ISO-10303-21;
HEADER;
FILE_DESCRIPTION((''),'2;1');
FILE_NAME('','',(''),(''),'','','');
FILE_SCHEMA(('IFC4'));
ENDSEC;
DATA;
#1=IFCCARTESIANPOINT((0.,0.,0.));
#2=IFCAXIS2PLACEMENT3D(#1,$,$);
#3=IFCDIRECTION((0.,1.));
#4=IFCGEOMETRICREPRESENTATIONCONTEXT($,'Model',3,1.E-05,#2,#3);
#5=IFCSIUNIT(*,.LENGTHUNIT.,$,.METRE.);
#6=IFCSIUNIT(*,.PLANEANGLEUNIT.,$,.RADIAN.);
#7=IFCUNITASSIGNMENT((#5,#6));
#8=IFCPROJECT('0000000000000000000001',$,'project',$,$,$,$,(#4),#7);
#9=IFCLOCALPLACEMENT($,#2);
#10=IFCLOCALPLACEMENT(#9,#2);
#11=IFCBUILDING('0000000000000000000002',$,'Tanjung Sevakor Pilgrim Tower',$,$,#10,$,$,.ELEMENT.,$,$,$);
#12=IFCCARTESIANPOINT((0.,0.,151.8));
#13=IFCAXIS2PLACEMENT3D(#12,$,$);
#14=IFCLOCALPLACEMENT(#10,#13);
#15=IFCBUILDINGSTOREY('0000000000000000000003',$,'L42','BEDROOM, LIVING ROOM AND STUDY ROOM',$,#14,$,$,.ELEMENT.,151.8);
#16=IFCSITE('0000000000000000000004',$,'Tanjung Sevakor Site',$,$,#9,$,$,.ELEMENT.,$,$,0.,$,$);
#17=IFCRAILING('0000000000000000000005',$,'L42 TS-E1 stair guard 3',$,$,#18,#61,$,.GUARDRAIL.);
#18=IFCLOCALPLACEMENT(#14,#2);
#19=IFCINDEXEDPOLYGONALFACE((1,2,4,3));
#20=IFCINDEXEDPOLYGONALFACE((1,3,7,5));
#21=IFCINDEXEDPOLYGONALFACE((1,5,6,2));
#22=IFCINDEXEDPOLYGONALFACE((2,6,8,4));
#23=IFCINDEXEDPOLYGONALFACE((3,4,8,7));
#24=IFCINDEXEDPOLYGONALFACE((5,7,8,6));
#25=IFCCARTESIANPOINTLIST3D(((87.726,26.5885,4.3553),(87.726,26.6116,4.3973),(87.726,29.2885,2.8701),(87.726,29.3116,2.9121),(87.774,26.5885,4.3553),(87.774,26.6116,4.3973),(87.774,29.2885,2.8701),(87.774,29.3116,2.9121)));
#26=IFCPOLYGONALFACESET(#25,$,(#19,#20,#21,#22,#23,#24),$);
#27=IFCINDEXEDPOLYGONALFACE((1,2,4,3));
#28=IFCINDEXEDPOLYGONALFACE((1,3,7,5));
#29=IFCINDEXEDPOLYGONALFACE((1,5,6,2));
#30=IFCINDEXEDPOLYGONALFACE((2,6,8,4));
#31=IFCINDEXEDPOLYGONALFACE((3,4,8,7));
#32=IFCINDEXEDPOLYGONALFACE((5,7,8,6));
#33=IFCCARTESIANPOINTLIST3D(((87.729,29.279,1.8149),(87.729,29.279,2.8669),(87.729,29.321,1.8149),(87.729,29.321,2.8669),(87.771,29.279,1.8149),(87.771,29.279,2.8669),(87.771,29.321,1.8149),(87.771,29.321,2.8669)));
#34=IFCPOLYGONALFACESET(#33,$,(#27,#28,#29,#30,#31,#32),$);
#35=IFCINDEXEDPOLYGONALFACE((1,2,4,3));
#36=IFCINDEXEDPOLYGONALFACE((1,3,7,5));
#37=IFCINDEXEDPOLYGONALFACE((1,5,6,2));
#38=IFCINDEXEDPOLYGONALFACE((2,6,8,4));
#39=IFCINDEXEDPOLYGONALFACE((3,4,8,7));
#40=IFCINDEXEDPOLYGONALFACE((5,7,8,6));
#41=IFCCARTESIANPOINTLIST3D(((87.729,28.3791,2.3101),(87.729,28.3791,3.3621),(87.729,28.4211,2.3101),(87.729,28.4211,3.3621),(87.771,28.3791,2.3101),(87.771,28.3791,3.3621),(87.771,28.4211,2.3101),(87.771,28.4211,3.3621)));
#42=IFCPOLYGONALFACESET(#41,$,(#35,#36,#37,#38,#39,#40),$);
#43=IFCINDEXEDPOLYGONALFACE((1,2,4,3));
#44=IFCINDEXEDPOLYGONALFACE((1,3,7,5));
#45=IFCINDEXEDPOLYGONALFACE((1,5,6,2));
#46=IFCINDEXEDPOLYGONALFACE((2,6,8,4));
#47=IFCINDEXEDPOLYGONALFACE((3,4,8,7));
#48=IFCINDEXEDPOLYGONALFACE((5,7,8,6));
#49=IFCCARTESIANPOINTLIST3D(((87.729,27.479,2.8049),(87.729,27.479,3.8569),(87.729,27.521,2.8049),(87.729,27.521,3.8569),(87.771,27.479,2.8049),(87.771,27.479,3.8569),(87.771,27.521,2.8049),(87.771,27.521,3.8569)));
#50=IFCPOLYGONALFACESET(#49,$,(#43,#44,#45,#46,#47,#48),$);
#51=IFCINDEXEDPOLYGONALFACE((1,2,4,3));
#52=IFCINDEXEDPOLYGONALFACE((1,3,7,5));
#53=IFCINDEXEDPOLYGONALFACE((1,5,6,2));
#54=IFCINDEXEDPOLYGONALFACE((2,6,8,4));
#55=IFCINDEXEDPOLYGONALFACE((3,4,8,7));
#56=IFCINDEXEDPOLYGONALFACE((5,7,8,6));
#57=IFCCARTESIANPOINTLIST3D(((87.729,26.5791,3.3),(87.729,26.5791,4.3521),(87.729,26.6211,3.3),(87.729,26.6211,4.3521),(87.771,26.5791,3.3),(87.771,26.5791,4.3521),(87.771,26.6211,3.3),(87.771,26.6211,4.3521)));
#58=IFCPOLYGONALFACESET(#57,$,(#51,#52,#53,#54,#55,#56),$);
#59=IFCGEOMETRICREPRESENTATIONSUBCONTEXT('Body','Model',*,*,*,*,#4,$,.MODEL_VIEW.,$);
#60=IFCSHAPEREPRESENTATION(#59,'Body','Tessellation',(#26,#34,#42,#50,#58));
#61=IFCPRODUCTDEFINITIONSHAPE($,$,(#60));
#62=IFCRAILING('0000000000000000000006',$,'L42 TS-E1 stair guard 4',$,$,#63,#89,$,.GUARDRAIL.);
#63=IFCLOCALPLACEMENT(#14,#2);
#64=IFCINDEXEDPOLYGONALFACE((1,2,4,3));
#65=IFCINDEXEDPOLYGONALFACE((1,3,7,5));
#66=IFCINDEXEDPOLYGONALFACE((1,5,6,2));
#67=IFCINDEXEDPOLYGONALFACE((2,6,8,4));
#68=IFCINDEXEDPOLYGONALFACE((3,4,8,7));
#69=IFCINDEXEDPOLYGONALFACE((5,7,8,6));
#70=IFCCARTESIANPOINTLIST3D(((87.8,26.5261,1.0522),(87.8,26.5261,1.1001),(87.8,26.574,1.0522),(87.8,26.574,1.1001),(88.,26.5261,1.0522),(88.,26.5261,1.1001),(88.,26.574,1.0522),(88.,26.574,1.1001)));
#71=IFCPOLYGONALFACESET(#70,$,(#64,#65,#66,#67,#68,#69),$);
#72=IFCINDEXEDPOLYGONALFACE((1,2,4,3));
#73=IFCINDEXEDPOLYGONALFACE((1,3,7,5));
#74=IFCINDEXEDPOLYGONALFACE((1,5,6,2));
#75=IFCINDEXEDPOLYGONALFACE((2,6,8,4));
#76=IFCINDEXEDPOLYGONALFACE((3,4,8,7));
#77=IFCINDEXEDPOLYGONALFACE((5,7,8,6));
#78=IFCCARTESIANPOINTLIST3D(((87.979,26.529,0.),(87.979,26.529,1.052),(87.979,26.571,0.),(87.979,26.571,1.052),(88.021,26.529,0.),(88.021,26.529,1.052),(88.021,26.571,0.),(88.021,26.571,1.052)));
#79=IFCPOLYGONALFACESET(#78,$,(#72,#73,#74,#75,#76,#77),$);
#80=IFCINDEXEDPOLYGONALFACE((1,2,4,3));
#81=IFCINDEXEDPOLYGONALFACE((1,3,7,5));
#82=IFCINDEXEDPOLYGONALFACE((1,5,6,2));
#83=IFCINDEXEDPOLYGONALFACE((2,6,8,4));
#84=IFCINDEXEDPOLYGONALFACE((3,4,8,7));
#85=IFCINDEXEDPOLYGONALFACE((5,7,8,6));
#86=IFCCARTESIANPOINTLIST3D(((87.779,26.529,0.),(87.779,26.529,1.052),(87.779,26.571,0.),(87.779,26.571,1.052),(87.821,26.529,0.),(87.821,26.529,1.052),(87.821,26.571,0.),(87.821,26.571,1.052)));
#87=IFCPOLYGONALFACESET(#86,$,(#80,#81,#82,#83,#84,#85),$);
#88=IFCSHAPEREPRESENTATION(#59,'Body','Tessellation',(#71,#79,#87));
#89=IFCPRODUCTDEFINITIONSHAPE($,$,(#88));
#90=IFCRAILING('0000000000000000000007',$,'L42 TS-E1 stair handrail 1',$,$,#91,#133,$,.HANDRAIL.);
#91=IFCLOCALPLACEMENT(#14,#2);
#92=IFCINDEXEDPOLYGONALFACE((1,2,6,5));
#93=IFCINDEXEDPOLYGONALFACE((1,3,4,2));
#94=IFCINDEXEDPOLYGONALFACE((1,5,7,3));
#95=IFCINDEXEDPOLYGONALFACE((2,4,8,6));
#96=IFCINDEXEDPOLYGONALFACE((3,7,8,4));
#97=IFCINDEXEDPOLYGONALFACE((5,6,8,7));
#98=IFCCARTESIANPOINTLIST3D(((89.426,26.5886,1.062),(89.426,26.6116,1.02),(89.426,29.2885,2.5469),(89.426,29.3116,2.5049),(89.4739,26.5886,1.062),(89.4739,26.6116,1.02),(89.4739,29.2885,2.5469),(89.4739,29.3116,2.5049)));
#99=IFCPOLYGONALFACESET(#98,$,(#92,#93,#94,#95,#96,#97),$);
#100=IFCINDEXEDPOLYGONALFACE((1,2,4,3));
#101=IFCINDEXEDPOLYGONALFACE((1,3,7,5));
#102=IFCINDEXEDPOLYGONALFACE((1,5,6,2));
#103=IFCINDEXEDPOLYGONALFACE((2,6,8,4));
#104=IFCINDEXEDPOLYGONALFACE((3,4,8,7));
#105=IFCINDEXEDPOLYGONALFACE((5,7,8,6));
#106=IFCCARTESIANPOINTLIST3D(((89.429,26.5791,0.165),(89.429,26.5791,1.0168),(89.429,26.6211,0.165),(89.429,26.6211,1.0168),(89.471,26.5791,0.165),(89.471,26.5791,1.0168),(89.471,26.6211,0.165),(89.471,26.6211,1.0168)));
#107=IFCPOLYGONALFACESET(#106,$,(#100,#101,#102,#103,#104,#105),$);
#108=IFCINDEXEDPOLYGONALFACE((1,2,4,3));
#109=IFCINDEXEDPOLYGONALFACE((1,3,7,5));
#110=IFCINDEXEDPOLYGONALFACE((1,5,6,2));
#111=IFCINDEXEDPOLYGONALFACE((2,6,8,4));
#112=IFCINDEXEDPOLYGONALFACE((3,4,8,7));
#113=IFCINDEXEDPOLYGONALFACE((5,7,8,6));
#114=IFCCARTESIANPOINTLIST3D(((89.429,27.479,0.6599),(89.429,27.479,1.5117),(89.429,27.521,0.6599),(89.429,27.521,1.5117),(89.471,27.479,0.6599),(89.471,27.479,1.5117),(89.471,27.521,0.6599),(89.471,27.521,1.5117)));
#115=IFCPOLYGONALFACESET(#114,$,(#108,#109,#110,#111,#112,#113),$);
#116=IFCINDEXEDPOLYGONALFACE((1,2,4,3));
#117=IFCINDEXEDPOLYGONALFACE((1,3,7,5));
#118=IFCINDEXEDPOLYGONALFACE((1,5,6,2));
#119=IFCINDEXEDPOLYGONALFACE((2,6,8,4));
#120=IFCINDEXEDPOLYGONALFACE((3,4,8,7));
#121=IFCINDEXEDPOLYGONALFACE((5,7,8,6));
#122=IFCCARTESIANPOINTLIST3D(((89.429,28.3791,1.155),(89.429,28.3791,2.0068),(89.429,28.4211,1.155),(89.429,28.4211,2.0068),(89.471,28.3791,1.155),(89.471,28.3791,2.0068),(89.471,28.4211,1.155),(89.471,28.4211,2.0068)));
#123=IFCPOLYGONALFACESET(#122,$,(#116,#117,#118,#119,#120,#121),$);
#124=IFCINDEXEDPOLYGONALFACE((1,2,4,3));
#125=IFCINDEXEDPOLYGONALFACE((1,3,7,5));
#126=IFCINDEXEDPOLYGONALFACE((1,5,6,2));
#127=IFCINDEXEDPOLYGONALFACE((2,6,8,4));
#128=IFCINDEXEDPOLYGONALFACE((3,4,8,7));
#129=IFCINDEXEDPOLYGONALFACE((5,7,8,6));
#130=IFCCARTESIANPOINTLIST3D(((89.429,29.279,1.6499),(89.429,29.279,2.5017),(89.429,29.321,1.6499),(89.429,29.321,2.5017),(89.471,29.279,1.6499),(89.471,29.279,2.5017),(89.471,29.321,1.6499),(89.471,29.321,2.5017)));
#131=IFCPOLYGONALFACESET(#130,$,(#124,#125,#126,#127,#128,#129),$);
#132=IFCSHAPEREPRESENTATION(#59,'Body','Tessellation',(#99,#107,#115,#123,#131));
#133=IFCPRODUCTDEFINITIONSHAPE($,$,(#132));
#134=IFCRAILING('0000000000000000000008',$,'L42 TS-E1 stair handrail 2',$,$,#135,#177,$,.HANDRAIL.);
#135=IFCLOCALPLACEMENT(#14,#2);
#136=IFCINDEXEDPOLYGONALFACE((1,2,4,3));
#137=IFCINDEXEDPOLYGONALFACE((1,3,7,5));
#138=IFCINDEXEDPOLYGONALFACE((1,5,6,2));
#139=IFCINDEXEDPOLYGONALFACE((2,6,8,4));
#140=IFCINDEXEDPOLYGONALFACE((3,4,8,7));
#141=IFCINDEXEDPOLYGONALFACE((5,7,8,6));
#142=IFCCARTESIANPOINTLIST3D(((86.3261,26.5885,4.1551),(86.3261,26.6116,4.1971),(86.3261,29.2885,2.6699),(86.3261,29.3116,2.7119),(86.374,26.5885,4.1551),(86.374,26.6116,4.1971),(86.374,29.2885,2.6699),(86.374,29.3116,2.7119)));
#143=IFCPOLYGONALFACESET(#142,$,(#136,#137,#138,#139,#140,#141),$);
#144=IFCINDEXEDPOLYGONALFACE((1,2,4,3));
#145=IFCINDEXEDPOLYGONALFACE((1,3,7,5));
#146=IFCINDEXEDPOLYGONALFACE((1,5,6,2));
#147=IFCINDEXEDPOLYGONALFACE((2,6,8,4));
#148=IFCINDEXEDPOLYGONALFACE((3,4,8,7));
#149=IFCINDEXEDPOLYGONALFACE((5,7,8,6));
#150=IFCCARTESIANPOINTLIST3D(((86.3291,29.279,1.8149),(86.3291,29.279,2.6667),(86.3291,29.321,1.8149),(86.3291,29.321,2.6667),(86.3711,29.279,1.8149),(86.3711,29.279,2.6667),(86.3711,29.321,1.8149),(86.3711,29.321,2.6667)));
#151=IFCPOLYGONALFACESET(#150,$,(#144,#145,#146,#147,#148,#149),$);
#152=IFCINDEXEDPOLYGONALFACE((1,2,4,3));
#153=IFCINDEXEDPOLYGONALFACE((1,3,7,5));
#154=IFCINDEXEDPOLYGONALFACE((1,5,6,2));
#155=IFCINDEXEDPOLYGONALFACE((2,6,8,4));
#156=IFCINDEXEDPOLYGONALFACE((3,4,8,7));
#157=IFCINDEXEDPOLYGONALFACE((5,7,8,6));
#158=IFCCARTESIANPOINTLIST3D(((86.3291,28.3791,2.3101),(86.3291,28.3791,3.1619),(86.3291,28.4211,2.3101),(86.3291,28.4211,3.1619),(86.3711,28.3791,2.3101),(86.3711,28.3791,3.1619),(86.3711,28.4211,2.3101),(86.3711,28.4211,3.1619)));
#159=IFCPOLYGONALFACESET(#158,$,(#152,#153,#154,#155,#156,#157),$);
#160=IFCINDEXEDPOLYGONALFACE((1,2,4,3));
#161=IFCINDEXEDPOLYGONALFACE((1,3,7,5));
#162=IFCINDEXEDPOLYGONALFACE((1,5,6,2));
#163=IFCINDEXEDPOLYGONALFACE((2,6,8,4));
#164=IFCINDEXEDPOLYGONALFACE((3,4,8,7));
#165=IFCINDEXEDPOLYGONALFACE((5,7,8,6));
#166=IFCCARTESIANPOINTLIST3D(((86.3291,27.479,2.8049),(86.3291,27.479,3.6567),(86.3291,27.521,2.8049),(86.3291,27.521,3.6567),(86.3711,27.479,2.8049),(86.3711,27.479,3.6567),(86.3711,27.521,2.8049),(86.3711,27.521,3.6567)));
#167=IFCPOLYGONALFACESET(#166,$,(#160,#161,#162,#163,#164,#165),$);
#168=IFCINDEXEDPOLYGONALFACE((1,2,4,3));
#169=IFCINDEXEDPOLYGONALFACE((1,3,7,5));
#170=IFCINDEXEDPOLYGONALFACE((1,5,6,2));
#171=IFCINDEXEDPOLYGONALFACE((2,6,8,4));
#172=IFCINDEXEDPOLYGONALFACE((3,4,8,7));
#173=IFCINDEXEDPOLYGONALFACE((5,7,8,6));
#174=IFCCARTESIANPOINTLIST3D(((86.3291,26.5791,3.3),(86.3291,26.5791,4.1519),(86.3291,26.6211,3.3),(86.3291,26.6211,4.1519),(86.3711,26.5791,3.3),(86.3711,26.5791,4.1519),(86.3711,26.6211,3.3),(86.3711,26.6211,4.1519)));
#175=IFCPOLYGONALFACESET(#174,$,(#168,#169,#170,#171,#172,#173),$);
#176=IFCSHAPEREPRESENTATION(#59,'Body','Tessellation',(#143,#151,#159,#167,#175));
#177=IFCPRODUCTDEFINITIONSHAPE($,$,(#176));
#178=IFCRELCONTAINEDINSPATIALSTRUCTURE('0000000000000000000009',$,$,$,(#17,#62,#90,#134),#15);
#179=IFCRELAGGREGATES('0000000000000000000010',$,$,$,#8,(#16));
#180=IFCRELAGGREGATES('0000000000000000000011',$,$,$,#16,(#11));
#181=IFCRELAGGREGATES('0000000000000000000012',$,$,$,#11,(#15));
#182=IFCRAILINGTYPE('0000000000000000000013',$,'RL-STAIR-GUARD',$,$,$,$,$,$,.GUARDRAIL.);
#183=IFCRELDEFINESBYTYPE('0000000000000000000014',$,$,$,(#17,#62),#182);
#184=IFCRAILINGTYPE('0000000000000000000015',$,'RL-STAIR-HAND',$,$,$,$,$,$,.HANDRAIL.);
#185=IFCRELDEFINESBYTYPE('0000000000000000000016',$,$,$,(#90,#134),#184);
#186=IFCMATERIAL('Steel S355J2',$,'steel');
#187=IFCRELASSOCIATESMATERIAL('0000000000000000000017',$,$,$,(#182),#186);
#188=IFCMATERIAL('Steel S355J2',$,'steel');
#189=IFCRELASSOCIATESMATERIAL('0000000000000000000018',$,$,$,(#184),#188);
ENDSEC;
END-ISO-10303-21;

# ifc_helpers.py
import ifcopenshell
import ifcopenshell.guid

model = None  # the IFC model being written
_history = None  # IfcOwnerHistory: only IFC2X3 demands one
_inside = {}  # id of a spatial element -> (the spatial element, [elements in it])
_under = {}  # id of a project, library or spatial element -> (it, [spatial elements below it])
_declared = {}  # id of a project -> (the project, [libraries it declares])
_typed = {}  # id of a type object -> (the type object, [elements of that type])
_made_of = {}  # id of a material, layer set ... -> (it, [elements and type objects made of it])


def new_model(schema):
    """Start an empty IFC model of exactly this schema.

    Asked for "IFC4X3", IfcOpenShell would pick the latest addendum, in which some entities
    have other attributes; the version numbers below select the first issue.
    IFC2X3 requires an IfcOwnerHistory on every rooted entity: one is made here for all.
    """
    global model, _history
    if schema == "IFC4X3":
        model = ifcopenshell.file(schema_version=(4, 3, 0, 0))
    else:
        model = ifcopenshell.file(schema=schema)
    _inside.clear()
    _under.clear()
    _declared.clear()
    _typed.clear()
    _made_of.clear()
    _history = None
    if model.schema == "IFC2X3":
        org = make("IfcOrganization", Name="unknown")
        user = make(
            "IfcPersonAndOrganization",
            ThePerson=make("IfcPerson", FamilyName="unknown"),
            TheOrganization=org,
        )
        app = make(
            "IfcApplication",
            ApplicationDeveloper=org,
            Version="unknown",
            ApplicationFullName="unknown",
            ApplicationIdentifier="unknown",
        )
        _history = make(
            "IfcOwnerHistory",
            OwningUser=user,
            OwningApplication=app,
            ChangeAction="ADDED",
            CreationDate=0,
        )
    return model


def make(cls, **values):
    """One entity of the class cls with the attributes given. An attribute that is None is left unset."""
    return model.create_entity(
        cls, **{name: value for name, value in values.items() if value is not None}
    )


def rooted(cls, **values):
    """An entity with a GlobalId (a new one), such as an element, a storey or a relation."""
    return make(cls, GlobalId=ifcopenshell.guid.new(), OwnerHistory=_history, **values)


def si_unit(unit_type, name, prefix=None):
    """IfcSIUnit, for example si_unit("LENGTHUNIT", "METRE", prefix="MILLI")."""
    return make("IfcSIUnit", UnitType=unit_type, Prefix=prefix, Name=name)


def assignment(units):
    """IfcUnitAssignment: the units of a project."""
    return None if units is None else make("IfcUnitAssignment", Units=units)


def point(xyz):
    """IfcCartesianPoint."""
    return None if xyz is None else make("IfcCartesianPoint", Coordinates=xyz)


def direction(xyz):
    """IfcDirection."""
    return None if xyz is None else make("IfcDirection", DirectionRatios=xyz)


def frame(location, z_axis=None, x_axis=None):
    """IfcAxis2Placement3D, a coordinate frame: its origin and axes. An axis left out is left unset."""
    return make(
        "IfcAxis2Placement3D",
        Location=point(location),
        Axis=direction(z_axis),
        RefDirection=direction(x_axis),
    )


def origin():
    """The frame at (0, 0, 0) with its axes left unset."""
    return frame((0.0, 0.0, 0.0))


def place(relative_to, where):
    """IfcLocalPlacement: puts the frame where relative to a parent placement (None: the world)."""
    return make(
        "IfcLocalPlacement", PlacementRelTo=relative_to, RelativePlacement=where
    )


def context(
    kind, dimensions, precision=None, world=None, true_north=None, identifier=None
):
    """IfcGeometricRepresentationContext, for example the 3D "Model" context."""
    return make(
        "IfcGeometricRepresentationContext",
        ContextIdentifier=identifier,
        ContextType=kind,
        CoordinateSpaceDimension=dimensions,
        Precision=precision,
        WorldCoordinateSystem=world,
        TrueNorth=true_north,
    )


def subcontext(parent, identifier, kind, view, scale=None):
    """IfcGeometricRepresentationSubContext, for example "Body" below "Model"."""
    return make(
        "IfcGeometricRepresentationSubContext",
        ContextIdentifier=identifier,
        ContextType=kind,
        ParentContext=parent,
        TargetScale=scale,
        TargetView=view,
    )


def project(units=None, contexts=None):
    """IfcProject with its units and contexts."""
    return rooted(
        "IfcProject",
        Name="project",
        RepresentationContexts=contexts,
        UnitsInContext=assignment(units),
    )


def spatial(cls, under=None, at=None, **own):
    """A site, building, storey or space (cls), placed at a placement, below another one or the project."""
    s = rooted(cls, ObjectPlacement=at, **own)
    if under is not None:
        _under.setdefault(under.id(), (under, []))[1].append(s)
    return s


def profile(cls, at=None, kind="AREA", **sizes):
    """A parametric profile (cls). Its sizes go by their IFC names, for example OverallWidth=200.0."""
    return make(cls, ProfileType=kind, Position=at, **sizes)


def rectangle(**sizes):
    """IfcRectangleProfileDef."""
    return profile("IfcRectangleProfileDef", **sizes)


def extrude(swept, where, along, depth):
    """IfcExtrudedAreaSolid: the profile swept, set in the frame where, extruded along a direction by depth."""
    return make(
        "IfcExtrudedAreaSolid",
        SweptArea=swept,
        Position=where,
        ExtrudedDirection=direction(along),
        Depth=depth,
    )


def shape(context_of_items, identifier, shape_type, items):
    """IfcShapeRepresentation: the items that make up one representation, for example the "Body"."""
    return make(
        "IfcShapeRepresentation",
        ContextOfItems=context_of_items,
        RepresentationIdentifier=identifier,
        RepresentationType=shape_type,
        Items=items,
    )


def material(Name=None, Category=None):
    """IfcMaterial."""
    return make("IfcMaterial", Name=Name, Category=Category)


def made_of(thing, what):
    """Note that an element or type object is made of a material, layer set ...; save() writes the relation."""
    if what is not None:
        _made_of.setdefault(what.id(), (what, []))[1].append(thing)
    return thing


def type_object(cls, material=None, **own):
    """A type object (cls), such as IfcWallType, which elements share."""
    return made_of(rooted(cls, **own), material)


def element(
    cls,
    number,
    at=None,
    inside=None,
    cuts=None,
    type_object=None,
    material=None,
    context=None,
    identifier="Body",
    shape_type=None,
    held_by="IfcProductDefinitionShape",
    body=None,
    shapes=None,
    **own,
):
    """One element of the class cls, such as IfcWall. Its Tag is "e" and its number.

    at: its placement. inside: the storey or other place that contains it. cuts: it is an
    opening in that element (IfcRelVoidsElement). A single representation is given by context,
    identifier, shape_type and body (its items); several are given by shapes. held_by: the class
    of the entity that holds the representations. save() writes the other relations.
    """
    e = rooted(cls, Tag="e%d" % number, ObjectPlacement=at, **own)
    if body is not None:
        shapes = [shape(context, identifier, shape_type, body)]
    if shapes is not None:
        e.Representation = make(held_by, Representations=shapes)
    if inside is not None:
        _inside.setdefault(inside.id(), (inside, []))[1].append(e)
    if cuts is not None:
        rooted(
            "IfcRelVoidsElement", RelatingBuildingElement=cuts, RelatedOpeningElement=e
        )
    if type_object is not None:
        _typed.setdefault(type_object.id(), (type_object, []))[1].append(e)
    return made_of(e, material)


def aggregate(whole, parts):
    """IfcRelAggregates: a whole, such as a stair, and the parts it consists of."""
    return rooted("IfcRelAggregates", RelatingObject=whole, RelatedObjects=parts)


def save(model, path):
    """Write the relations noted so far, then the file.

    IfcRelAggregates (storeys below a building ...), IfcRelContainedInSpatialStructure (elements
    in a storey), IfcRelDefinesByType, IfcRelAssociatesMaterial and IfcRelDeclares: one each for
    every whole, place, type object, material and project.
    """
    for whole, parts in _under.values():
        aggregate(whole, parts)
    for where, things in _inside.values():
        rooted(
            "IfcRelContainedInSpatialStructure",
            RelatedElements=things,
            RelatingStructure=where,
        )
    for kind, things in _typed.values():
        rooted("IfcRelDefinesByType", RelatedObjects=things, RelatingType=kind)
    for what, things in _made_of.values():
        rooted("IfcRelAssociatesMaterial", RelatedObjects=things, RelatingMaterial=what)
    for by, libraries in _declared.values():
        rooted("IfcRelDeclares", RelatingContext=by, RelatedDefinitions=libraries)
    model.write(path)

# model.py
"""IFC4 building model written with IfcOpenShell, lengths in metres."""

from ifc_helpers import new_model, si_unit, direction, frame, origin, place, context, subcontext, project, spatial, rectangle, extrude, material, type_object, element, save


model = new_model("IFC4")

# Units and contexts
model_context = context("Model", 3, precision=1e-05, world=origin(), true_north=direction((0.0, 1.0)))
body_context = subcontext(model_context, "Body", "Model", "MODEL_VIEW")
ifc_project = project(units=[si_unit("LENGTHUNIT", "METRE"), si_unit("PLANEANGLEUNIT", "RADIAN")], contexts=[model_context])

# Site, building, storey
site_placement = place(None, origin())
site = spatial("IfcSite", under=ifc_project, at=site_placement, Name="Tanjung Sevakor Site", CompositionType="ELEMENT", RefElevation=0.0)
building_placement = place(site_placement, origin())
building = spatial("IfcBuilding", under=site, at=building_placement, Name="Tanjung Sevakor Pilgrim Tower", CompositionType="ELEMENT")
storey_placement = place(building_placement, frame((0.0, 0.0, 151.8)))
storey = spatial("IfcBuildingStorey", under=building, at=storey_placement, Name="L42", Description="BEDROOM, LIVING ROOM AND STUDY ROOM", CompositionType="ELEMENT", Elevation=151.8)

# Railings
ifc_material_1 = material(Name="Steel S355J2", Category="steel")
railing_type_1 = type_object("IfcRailingType", Name="RL-STAIR-GUARD", PredefinedType="GUARDRAIL", material=ifc_material_1)
railing_1_placement = place(storey_placement, frame((87.75, 29.3, 1.8149)))
element("IfcRailing", 1, at=railing_1_placement, inside=storey, type_object=railing_type_1, Name="L42 TS-E1 stair guard 3", PredefinedType="GUARDRAIL", context=body_context, shape_type="SweptSolid", body=[
    extrude(rectangle(XDim=0.0479, YDim=0.0479), frame((0.0, 0.0, 1.0762), z_axis=(0.0, -0.876198, 0.481952), x_axis=(1.0, 0.0, 0.0)), (0.0, 0.0, 1.0), 3.0815),
    extrude(rectangle(XDim=0.042, YDim=0.042), origin(), (0.0, 0.0, 1.0), 1.052),
    extrude(rectangle(XDim=0.042, YDim=0.042), frame((0.0, -0.8999, 0.4951)), (0.0, 0.0, 1.0), 1.052),
    extrude(rectangle(XDim=0.042, YDim=0.042), frame((0.0, -1.8, 0.99)), (0.0, 0.0, 1.0), 1.052),
    extrude(rectangle(XDim=0.042, YDim=0.042), frame((0.0, -2.7, 1.4851)), (0.0, 0.0, 1.0), 1.052),
])
railing_2_placement = place(storey_placement, frame((88.0, 26.55, 0.0)))
element("IfcRailing", 2, at=railing_2_placement, inside=storey, type_object=railing_type_1, Name="L42 TS-E1 stair guard 4", PredefinedType="GUARDRAIL", context=body_context, shape_type="SweptSolid", body=[
    extrude(rectangle(XDim=0.0479, YDim=0.0479), frame((0.0, 0.0, 1.0762), z_axis=(-1.0, 0.0, 0.0), x_axis=(0.0, -1.0, 0.0)), (0.0, 0.0, 1.0), 0.2),
    extrude(rectangle(XDim=0.042, YDim=0.042), origin(), (0.0, 0.0, 1.0), 1.052),
    extrude(rectangle(XDim=0.042, YDim=0.042), frame((-0.2, 0.0, 0.0)), (0.0, 0.0, 1.0), 1.052),
])
ifc_material_2 = material(Name="Steel S355J2", Category="steel")
railing_type_2 = type_object("IfcRailingType", Name="RL-STAIR-HAND", PredefinedType="HANDRAIL", material=ifc_material_2)
railing_3_placement = place(storey_placement, frame((89.45, 26.6001, 0.165)))
element("IfcRailing", 3, at=railing_3_placement, inside=storey, type_object=railing_type_2, Name="L42 TS-E1 stair handrail 1", PredefinedType="HANDRAIL", context=body_context, shape_type="SweptSolid", body=[
    extrude(rectangle(XDim=0.0479, YDim=0.0479), frame((0.0, 0.0, 0.876), z_axis=(0.0, 0.876231, 0.481891), x_axis=(-1.0, 0.0, 0.0)), (0.0, 0.0, 1.0), 3.0813),
    extrude(rectangle(XDim=0.042, YDim=0.042), origin(), (0.0, 0.0, 1.0), 0.8518),
    extrude(rectangle(XDim=0.042, YDim=0.042), frame((0.0, 0.8999, 0.4949)), (0.0, 0.0, 1.0), 0.8518),
    extrude(rectangle(XDim=0.042, YDim=0.042), frame((0.0, 1.8, 0.99)), (0.0, 0.0, 1.0), 0.8518),
    extrude(rectangle(XDim=0.042, YDim=0.042), frame((0.0, 2.7, 1.4849)), (0.0, 0.0, 1.0), 0.8518),
])
railing_4_placement = place(storey_placement, frame((86.3501, 29.3, 1.8149)))
element("IfcRailing", 4, at=railing_4_placement, inside=storey, type_object=railing_type_2, Name="L42 TS-E1 stair handrail 2", PredefinedType="HANDRAIL", context=body_context, shape_type="SweptSolid", body=[
    extrude(rectangle(XDim=0.0479, YDim=0.0479), frame((0.0, 0.0, 0.876), z_axis=(0.0, -0.876198, 0.481952), x_axis=(1.0, 0.0, 0.0)), (0.0, 0.0, 1.0), 3.0815),
    extrude(rectangle(XDim=0.042, YDim=0.042), origin(), (0.0, 0.0, 1.0), 0.8518),
    extrude(rectangle(XDim=0.042, YDim=0.042), frame((0.0, -0.8999, 0.4951)), (0.0, 0.0, 1.0), 0.8518),
    extrude(rectangle(XDim=0.042, YDim=0.042), frame((0.0, -1.8, 0.99)), (0.0, 0.0, 1.0), 0.8518),
    extrude(rectangle(XDim=0.042, YDim=0.042), frame((0.0, -2.7, 1.4851)), (0.0, 0.0, 1.0), 0.8518),
])

save(model, "model.ifc")
